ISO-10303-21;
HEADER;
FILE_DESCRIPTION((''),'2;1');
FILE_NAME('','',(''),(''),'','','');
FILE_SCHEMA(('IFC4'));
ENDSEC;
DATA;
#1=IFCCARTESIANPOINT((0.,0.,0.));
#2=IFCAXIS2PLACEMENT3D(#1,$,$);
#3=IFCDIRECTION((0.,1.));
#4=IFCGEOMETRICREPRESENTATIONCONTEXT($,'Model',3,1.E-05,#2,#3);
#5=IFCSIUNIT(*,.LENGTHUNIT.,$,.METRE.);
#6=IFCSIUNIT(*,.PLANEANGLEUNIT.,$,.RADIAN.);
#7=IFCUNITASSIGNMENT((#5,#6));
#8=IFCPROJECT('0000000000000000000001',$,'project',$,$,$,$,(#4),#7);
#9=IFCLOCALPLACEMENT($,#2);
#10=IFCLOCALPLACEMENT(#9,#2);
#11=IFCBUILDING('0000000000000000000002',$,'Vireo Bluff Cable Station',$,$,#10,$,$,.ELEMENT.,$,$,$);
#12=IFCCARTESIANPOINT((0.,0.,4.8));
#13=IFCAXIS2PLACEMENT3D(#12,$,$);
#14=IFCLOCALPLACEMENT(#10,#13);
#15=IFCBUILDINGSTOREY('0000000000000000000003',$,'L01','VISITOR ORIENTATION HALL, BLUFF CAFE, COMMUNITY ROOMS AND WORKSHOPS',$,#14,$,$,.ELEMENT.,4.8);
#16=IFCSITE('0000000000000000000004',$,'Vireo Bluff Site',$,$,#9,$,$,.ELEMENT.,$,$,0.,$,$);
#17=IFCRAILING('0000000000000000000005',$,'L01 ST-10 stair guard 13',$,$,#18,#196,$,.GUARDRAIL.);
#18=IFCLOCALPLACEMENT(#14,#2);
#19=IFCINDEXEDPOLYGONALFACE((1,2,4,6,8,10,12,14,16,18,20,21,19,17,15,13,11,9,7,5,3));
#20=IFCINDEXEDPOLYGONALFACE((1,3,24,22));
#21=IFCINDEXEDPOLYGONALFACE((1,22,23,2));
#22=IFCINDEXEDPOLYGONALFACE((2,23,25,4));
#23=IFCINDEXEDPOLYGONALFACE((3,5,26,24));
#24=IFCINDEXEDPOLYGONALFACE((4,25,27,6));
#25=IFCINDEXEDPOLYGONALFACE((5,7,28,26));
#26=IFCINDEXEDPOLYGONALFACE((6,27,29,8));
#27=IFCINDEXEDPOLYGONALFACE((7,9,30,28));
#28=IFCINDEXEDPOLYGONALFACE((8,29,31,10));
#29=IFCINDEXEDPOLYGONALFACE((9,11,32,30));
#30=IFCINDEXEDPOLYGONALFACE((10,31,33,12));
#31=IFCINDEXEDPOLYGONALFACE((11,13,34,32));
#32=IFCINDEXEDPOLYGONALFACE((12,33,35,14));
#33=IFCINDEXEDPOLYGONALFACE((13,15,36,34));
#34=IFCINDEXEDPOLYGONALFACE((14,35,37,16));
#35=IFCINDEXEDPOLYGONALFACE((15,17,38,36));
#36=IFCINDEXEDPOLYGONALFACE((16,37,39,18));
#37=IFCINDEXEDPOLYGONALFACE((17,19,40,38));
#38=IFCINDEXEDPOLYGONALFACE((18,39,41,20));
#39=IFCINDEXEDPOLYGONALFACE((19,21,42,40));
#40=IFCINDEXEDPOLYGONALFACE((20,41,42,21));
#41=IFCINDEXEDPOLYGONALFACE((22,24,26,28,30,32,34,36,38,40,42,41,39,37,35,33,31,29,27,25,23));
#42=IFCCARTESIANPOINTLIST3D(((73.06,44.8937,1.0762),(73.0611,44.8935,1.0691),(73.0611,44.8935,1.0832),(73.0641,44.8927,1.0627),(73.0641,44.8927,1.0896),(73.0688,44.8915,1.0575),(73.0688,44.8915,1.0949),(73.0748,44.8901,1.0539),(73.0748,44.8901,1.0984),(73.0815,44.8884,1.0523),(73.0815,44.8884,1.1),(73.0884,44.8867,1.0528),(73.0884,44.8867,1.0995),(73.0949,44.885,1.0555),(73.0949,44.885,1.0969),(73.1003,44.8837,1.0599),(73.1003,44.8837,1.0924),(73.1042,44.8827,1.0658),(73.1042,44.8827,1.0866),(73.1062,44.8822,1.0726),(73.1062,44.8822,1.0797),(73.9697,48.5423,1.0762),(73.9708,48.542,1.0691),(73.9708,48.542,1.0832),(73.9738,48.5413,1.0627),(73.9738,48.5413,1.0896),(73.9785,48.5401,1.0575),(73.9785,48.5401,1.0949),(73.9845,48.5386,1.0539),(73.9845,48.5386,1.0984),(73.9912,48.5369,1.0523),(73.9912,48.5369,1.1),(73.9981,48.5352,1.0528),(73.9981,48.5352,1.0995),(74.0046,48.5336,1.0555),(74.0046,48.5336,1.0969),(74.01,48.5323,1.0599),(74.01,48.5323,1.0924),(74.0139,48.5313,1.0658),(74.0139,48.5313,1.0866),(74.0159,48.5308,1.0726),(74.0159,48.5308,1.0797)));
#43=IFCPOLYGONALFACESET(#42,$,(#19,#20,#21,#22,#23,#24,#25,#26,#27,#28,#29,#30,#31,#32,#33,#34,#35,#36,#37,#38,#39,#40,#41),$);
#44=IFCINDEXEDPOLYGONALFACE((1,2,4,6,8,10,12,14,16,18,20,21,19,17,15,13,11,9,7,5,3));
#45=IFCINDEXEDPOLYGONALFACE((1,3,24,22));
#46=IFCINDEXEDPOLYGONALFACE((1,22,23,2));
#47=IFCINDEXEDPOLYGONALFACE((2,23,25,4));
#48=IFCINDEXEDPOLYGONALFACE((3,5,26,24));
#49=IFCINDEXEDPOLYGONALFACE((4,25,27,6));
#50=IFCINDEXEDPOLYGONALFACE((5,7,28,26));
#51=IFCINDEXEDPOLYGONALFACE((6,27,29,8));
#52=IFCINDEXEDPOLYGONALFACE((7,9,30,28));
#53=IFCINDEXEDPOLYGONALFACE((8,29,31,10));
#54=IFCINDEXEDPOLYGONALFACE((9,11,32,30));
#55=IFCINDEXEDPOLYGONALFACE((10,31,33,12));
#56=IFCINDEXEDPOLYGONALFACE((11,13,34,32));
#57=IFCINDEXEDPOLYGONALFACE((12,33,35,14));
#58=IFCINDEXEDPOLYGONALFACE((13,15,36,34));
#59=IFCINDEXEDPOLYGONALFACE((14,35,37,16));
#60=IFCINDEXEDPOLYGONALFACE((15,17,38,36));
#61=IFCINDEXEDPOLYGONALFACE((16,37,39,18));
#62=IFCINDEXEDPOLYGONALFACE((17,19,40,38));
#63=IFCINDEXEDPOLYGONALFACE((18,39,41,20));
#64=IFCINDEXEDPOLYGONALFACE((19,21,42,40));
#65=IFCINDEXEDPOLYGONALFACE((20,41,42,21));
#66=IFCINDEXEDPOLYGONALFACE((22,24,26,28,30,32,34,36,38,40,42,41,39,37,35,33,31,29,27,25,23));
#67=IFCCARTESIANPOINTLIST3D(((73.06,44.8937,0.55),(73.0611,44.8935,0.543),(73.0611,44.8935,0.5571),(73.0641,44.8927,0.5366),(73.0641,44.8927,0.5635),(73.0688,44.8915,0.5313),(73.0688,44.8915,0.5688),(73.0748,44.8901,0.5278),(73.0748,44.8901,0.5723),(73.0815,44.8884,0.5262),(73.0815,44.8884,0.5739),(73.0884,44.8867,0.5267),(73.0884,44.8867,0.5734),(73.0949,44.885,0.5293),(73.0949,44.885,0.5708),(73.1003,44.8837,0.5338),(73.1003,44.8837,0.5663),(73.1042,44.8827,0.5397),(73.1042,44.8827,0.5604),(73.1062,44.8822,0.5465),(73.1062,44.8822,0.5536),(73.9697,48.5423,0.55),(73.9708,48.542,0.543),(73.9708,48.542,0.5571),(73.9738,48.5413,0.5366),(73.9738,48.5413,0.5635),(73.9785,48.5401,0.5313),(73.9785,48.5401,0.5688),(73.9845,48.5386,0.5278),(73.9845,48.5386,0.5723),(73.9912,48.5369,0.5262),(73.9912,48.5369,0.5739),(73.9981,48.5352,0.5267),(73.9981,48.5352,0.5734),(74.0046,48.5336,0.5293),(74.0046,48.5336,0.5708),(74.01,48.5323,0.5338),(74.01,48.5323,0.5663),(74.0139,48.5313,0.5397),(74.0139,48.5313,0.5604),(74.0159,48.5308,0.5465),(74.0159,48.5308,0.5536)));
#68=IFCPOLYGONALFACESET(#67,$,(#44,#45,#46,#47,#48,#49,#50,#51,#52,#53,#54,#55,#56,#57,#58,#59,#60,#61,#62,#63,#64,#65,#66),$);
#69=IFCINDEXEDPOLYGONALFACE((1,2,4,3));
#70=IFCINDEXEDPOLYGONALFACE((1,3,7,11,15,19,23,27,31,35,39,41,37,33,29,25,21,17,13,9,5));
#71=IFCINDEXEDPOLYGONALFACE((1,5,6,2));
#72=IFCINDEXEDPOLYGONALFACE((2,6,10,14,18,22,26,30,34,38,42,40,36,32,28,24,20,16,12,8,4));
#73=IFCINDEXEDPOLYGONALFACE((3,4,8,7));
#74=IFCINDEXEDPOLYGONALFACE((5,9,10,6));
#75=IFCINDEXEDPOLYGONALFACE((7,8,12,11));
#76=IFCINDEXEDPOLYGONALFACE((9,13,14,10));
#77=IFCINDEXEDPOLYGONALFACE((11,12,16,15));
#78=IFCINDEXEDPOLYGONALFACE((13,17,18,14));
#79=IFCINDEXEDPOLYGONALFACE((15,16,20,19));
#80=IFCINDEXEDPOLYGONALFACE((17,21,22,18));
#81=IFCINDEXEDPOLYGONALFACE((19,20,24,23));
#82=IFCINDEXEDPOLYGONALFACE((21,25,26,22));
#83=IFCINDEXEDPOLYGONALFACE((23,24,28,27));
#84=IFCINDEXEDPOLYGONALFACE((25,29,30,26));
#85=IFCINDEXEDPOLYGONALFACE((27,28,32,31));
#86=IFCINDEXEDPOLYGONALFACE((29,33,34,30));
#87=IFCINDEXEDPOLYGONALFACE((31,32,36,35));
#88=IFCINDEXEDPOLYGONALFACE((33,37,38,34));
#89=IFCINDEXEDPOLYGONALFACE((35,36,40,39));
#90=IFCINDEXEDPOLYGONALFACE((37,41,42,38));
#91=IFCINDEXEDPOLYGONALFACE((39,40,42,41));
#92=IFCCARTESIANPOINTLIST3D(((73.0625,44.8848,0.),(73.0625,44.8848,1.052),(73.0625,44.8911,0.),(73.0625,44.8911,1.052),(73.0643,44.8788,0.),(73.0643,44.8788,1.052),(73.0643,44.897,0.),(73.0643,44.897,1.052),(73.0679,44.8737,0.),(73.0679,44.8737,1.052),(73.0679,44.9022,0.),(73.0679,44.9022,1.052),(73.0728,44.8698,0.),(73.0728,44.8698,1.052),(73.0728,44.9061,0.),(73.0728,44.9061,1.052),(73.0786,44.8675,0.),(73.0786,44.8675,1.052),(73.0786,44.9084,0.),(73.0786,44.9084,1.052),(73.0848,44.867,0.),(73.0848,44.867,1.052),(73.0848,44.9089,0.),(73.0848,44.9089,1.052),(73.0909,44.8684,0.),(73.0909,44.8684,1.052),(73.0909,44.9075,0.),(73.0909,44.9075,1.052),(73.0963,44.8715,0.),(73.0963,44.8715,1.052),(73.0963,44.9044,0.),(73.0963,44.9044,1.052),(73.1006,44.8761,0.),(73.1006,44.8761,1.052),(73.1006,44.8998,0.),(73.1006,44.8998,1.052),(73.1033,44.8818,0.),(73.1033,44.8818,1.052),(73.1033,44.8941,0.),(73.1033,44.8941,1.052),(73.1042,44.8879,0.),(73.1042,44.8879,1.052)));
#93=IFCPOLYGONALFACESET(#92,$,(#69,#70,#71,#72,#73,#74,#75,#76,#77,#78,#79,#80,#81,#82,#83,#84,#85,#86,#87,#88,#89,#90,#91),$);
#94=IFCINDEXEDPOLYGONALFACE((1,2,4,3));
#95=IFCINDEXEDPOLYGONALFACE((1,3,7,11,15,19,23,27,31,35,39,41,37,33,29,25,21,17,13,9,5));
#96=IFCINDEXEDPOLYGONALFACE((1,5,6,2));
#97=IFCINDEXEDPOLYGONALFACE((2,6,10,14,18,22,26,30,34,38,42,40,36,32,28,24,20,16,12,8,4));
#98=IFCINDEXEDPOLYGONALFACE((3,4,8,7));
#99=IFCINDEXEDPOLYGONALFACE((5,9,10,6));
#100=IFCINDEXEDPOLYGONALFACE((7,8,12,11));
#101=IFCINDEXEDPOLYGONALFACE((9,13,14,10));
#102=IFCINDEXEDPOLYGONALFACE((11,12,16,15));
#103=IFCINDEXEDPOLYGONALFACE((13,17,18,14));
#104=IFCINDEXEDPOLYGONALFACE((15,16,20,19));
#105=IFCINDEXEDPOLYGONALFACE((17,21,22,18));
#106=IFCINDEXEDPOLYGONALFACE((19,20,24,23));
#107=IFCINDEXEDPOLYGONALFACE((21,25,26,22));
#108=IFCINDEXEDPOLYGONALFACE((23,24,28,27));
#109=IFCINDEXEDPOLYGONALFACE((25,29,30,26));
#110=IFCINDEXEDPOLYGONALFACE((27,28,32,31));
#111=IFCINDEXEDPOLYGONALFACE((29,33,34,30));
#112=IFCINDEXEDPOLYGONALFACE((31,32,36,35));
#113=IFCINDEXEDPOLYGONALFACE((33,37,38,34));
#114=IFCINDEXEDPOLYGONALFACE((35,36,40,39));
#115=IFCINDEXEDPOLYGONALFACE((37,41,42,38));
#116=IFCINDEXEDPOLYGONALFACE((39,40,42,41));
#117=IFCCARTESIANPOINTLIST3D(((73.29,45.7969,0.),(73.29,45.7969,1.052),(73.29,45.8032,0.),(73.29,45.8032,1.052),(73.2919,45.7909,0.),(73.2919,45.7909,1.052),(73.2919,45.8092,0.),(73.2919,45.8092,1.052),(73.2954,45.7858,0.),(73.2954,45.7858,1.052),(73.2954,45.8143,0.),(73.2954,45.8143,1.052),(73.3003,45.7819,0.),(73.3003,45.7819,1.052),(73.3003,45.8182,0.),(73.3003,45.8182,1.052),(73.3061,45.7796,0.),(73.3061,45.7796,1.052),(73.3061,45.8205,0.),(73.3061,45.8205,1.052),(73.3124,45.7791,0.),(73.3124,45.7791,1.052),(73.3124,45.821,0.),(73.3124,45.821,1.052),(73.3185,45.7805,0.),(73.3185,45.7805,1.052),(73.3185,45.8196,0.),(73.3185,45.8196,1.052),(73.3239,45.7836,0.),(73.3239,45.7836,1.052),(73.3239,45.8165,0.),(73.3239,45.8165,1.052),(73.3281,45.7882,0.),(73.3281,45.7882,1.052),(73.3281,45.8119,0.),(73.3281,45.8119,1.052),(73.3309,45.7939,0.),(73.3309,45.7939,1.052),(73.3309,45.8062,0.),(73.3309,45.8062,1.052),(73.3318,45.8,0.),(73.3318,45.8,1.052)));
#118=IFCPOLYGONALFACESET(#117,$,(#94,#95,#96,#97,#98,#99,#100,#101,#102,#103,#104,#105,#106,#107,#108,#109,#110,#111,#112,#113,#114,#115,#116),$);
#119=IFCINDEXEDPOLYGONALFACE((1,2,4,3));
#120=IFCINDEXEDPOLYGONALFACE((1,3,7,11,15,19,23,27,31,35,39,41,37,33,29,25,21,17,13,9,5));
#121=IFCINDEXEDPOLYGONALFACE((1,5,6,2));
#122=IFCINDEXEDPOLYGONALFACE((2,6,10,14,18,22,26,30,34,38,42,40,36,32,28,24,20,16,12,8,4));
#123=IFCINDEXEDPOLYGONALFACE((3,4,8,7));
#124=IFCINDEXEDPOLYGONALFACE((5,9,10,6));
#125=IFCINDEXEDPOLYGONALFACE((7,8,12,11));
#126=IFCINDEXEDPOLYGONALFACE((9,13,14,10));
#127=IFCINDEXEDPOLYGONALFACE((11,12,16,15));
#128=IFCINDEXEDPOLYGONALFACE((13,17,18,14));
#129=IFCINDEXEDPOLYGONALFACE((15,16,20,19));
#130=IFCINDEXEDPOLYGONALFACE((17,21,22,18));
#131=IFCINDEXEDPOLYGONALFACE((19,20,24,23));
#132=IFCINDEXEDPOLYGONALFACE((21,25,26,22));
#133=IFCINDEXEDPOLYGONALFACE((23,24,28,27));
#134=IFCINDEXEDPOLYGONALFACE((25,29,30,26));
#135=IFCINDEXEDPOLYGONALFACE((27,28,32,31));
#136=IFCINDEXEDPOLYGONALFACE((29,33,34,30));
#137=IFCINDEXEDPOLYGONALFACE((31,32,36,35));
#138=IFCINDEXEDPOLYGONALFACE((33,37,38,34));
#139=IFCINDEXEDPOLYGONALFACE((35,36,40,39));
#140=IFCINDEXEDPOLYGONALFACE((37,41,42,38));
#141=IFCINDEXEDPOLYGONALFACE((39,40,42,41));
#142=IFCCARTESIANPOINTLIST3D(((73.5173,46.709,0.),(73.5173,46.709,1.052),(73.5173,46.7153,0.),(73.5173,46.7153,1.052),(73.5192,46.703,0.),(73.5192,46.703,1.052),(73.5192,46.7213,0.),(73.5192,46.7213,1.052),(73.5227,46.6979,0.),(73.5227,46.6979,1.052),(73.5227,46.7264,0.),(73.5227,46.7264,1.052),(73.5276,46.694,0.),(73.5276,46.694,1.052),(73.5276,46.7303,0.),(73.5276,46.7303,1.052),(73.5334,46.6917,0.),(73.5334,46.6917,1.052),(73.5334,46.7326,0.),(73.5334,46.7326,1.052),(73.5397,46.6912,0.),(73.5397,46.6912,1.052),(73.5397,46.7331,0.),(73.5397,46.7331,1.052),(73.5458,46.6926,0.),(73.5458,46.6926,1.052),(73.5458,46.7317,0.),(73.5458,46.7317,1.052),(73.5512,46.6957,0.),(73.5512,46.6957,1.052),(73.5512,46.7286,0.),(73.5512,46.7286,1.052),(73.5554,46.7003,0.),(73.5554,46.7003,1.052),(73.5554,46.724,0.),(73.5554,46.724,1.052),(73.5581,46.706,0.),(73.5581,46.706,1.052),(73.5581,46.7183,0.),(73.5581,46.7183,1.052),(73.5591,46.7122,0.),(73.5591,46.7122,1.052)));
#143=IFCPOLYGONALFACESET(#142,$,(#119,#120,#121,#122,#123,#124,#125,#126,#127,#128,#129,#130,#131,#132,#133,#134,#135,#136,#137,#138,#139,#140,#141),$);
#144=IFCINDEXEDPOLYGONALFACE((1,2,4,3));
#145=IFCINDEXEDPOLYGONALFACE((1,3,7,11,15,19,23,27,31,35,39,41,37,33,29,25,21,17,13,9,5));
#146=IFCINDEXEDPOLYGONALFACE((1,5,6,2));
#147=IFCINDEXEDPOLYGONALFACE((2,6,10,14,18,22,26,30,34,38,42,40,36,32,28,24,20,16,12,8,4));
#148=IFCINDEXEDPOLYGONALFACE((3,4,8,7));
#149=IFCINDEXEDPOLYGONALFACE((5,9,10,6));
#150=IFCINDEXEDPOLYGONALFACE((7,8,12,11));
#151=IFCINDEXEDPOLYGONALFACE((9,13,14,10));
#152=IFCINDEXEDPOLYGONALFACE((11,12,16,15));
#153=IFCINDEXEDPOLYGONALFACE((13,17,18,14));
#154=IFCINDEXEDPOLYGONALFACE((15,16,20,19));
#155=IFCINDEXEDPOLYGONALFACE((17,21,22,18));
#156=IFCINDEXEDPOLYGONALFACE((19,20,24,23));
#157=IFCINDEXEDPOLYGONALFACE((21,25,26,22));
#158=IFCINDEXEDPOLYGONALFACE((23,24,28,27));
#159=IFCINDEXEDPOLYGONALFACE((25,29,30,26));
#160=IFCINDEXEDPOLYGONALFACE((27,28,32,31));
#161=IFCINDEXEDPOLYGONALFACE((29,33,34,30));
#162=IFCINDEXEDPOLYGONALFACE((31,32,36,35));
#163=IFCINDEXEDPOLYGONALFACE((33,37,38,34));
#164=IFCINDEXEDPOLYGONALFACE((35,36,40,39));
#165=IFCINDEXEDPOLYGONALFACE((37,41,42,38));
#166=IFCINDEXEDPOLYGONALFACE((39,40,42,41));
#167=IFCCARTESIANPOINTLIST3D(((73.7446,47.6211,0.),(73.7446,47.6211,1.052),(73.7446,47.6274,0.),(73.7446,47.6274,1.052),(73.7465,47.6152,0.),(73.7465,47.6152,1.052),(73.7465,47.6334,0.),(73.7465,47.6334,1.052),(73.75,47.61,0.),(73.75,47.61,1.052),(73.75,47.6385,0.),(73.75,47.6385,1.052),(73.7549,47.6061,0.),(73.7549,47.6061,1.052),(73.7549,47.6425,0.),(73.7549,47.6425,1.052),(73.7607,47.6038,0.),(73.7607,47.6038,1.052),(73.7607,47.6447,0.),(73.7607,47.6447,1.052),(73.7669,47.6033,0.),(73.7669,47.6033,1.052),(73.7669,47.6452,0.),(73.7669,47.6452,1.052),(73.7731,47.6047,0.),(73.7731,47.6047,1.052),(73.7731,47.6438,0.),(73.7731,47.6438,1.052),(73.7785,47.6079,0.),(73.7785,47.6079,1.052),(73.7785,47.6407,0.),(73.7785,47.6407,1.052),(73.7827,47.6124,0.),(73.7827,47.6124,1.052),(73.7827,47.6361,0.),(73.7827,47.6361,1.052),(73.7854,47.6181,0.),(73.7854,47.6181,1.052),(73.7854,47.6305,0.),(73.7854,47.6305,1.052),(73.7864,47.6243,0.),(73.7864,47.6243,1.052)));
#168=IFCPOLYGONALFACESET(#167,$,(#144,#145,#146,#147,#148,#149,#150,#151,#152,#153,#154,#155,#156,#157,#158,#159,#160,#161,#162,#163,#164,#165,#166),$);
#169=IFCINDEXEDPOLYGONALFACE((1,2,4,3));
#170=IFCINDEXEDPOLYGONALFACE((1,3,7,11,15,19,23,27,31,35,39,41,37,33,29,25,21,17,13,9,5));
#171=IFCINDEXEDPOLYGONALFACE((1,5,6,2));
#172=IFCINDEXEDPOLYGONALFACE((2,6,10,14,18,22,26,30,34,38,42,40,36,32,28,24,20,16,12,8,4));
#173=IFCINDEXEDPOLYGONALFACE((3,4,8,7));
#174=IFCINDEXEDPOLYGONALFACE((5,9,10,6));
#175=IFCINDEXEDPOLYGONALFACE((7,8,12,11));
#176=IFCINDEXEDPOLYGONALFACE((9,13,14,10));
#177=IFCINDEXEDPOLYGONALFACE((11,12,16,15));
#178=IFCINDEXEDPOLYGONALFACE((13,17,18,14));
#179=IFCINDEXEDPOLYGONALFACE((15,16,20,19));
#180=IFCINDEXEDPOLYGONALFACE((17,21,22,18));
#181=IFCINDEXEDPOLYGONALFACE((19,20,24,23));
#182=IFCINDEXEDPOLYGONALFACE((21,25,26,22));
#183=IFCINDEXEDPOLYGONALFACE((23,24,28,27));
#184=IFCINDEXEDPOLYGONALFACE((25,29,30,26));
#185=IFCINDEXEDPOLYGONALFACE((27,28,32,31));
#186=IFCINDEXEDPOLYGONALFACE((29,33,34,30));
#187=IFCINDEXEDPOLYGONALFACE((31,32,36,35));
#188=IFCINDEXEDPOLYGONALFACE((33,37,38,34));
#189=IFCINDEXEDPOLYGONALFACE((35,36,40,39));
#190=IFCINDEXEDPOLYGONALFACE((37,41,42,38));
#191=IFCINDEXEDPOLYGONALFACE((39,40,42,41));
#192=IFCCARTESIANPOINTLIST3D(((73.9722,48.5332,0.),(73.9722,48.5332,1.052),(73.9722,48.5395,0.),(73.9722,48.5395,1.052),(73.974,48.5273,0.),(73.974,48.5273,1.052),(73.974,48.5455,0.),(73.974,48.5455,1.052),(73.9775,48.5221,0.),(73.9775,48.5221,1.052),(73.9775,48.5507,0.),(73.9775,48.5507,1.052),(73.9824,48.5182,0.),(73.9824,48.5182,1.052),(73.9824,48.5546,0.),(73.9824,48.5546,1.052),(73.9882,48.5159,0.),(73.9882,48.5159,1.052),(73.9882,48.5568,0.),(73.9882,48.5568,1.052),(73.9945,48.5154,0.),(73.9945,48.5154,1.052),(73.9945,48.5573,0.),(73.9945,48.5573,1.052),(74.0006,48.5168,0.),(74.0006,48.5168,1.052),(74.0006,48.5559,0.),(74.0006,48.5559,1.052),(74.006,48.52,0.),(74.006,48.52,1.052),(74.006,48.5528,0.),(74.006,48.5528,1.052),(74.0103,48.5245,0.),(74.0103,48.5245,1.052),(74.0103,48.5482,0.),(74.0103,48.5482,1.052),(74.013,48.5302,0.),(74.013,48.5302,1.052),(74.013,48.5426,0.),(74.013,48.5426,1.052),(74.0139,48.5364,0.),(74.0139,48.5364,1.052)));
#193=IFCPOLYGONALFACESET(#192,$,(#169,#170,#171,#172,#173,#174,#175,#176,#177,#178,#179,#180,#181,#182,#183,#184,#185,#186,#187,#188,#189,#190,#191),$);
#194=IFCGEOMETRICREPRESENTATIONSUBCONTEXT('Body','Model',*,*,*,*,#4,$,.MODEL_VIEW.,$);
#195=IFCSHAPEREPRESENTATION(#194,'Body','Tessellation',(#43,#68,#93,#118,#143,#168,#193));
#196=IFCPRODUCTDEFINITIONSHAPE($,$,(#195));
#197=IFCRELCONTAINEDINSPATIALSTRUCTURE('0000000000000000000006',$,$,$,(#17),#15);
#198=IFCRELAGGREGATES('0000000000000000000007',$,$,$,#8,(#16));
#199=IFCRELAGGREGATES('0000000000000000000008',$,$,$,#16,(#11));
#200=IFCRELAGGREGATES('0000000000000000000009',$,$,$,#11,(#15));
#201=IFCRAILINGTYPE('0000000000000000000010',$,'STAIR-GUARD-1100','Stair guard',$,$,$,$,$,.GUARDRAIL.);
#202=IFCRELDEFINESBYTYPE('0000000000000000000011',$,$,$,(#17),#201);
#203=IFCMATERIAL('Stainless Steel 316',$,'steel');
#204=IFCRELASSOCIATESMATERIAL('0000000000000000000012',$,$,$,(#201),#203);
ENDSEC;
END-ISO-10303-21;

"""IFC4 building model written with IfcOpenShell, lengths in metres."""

from ifc_helpers import new_model, si_unit, direction, frame, origin, origin_2d, place, context, subcontext, project, spatial, circle, extrude, material, type_object, element, save


model = new_model("IFC4")

# Units and contexts
model_context = context("Model", 3, precision=1e-05, world=origin(), true_north=direction((0.0, 1.0)))
body_context = subcontext(model_context, "Body", "Model", "MODEL_VIEW")
ifc_project = project(units=[si_unit("LENGTHUNIT", "METRE"), si_unit("PLANEANGLEUNIT", "RADIAN")], contexts=[model_context])

# Site, building, storey
site_placement = place(None, origin())
site = spatial("IfcSite", under=ifc_project, at=site_placement, Name="Vireo Bluff Site", CompositionType="ELEMENT", RefElevation=0.0)
building_placement = place(site_placement, origin())
building = spatial("IfcBuilding", under=site, at=building_placement, Name="Vireo Bluff Cable Station", CompositionType="ELEMENT")
storey_placement = place(building_placement, frame((0.0, 0.0, 4.8)))
storey = spatial("IfcBuildingStorey", under=building, at=storey_placement, Name="L01", Description="VISITOR ORIENTATION HALL, BLUFF CAFE, COMMUNITY ROOMS AND WORKSHOPS", CompositionType="ELEMENT", Elevation=4.8)

# Railing
ifc_material_1 = material(Name="Stainless Steel 316", Category="steel")
railing_type_1 = type_object("IfcRailingType", Name="STAIR-GUARD-1100", Description="Stair guard", PredefinedType="GUARDRAIL", material=ifc_material_1)
railing_1_placement = place(storey_placement, frame((73.0833, 44.8879, 0.0)))
element("IfcRailing", 1, at=railing_1_placement, inside=storey, type_object=railing_type_1, Name="L01 ST-10 stair guard 13", PredefinedType="GUARDRAIL", context=body_context, shape_type="SweptSolid", body=[
    extrude(circle(Radius=0.0239, at=origin_2d()), frame((0.0, 0.0, 1.0762), z_axis=(0.241924, 0.970295, 0.0), x_axis=(-0.970295, 0.241924, 0.0)), (0.0, 0.0, 1.0), 3.7603),
    extrude(circle(Radius=0.0239, at=origin_2d()), frame((0.0, 0.0, 0.55), z_axis=(0.241924, 0.970295, 0.0), x_axis=(-0.970295, 0.241924, 0.0)), (0.0, 0.0, 1.0), 3.7603),
    extrude(circle(Radius=0.021, at=origin_2d()), origin(), (0.0, 0.0, 1.0), 1.052),
    extrude(circle(Radius=0.021, at=origin_2d()), frame((0.2275, 0.9121, 0.0)), (0.0, 0.0, 1.0), 1.052),
    extrude(circle(Radius=0.021, at=origin_2d()), frame((0.4548, 1.8242, 0.0)), (0.0, 0.0, 1.0), 1.052),
    extrude(circle(Radius=0.021, at=origin_2d()), frame((0.6821, 2.7363, 0.0)), (0.0, 0.0, 1.0), 1.052),
    extrude(circle(Radius=0.021, at=origin_2d()), frame((0.9097, 3.6484, 0.0)), (0.0, 0.0, 1.0), 1.052),
])

save(model, "model.ifc")
